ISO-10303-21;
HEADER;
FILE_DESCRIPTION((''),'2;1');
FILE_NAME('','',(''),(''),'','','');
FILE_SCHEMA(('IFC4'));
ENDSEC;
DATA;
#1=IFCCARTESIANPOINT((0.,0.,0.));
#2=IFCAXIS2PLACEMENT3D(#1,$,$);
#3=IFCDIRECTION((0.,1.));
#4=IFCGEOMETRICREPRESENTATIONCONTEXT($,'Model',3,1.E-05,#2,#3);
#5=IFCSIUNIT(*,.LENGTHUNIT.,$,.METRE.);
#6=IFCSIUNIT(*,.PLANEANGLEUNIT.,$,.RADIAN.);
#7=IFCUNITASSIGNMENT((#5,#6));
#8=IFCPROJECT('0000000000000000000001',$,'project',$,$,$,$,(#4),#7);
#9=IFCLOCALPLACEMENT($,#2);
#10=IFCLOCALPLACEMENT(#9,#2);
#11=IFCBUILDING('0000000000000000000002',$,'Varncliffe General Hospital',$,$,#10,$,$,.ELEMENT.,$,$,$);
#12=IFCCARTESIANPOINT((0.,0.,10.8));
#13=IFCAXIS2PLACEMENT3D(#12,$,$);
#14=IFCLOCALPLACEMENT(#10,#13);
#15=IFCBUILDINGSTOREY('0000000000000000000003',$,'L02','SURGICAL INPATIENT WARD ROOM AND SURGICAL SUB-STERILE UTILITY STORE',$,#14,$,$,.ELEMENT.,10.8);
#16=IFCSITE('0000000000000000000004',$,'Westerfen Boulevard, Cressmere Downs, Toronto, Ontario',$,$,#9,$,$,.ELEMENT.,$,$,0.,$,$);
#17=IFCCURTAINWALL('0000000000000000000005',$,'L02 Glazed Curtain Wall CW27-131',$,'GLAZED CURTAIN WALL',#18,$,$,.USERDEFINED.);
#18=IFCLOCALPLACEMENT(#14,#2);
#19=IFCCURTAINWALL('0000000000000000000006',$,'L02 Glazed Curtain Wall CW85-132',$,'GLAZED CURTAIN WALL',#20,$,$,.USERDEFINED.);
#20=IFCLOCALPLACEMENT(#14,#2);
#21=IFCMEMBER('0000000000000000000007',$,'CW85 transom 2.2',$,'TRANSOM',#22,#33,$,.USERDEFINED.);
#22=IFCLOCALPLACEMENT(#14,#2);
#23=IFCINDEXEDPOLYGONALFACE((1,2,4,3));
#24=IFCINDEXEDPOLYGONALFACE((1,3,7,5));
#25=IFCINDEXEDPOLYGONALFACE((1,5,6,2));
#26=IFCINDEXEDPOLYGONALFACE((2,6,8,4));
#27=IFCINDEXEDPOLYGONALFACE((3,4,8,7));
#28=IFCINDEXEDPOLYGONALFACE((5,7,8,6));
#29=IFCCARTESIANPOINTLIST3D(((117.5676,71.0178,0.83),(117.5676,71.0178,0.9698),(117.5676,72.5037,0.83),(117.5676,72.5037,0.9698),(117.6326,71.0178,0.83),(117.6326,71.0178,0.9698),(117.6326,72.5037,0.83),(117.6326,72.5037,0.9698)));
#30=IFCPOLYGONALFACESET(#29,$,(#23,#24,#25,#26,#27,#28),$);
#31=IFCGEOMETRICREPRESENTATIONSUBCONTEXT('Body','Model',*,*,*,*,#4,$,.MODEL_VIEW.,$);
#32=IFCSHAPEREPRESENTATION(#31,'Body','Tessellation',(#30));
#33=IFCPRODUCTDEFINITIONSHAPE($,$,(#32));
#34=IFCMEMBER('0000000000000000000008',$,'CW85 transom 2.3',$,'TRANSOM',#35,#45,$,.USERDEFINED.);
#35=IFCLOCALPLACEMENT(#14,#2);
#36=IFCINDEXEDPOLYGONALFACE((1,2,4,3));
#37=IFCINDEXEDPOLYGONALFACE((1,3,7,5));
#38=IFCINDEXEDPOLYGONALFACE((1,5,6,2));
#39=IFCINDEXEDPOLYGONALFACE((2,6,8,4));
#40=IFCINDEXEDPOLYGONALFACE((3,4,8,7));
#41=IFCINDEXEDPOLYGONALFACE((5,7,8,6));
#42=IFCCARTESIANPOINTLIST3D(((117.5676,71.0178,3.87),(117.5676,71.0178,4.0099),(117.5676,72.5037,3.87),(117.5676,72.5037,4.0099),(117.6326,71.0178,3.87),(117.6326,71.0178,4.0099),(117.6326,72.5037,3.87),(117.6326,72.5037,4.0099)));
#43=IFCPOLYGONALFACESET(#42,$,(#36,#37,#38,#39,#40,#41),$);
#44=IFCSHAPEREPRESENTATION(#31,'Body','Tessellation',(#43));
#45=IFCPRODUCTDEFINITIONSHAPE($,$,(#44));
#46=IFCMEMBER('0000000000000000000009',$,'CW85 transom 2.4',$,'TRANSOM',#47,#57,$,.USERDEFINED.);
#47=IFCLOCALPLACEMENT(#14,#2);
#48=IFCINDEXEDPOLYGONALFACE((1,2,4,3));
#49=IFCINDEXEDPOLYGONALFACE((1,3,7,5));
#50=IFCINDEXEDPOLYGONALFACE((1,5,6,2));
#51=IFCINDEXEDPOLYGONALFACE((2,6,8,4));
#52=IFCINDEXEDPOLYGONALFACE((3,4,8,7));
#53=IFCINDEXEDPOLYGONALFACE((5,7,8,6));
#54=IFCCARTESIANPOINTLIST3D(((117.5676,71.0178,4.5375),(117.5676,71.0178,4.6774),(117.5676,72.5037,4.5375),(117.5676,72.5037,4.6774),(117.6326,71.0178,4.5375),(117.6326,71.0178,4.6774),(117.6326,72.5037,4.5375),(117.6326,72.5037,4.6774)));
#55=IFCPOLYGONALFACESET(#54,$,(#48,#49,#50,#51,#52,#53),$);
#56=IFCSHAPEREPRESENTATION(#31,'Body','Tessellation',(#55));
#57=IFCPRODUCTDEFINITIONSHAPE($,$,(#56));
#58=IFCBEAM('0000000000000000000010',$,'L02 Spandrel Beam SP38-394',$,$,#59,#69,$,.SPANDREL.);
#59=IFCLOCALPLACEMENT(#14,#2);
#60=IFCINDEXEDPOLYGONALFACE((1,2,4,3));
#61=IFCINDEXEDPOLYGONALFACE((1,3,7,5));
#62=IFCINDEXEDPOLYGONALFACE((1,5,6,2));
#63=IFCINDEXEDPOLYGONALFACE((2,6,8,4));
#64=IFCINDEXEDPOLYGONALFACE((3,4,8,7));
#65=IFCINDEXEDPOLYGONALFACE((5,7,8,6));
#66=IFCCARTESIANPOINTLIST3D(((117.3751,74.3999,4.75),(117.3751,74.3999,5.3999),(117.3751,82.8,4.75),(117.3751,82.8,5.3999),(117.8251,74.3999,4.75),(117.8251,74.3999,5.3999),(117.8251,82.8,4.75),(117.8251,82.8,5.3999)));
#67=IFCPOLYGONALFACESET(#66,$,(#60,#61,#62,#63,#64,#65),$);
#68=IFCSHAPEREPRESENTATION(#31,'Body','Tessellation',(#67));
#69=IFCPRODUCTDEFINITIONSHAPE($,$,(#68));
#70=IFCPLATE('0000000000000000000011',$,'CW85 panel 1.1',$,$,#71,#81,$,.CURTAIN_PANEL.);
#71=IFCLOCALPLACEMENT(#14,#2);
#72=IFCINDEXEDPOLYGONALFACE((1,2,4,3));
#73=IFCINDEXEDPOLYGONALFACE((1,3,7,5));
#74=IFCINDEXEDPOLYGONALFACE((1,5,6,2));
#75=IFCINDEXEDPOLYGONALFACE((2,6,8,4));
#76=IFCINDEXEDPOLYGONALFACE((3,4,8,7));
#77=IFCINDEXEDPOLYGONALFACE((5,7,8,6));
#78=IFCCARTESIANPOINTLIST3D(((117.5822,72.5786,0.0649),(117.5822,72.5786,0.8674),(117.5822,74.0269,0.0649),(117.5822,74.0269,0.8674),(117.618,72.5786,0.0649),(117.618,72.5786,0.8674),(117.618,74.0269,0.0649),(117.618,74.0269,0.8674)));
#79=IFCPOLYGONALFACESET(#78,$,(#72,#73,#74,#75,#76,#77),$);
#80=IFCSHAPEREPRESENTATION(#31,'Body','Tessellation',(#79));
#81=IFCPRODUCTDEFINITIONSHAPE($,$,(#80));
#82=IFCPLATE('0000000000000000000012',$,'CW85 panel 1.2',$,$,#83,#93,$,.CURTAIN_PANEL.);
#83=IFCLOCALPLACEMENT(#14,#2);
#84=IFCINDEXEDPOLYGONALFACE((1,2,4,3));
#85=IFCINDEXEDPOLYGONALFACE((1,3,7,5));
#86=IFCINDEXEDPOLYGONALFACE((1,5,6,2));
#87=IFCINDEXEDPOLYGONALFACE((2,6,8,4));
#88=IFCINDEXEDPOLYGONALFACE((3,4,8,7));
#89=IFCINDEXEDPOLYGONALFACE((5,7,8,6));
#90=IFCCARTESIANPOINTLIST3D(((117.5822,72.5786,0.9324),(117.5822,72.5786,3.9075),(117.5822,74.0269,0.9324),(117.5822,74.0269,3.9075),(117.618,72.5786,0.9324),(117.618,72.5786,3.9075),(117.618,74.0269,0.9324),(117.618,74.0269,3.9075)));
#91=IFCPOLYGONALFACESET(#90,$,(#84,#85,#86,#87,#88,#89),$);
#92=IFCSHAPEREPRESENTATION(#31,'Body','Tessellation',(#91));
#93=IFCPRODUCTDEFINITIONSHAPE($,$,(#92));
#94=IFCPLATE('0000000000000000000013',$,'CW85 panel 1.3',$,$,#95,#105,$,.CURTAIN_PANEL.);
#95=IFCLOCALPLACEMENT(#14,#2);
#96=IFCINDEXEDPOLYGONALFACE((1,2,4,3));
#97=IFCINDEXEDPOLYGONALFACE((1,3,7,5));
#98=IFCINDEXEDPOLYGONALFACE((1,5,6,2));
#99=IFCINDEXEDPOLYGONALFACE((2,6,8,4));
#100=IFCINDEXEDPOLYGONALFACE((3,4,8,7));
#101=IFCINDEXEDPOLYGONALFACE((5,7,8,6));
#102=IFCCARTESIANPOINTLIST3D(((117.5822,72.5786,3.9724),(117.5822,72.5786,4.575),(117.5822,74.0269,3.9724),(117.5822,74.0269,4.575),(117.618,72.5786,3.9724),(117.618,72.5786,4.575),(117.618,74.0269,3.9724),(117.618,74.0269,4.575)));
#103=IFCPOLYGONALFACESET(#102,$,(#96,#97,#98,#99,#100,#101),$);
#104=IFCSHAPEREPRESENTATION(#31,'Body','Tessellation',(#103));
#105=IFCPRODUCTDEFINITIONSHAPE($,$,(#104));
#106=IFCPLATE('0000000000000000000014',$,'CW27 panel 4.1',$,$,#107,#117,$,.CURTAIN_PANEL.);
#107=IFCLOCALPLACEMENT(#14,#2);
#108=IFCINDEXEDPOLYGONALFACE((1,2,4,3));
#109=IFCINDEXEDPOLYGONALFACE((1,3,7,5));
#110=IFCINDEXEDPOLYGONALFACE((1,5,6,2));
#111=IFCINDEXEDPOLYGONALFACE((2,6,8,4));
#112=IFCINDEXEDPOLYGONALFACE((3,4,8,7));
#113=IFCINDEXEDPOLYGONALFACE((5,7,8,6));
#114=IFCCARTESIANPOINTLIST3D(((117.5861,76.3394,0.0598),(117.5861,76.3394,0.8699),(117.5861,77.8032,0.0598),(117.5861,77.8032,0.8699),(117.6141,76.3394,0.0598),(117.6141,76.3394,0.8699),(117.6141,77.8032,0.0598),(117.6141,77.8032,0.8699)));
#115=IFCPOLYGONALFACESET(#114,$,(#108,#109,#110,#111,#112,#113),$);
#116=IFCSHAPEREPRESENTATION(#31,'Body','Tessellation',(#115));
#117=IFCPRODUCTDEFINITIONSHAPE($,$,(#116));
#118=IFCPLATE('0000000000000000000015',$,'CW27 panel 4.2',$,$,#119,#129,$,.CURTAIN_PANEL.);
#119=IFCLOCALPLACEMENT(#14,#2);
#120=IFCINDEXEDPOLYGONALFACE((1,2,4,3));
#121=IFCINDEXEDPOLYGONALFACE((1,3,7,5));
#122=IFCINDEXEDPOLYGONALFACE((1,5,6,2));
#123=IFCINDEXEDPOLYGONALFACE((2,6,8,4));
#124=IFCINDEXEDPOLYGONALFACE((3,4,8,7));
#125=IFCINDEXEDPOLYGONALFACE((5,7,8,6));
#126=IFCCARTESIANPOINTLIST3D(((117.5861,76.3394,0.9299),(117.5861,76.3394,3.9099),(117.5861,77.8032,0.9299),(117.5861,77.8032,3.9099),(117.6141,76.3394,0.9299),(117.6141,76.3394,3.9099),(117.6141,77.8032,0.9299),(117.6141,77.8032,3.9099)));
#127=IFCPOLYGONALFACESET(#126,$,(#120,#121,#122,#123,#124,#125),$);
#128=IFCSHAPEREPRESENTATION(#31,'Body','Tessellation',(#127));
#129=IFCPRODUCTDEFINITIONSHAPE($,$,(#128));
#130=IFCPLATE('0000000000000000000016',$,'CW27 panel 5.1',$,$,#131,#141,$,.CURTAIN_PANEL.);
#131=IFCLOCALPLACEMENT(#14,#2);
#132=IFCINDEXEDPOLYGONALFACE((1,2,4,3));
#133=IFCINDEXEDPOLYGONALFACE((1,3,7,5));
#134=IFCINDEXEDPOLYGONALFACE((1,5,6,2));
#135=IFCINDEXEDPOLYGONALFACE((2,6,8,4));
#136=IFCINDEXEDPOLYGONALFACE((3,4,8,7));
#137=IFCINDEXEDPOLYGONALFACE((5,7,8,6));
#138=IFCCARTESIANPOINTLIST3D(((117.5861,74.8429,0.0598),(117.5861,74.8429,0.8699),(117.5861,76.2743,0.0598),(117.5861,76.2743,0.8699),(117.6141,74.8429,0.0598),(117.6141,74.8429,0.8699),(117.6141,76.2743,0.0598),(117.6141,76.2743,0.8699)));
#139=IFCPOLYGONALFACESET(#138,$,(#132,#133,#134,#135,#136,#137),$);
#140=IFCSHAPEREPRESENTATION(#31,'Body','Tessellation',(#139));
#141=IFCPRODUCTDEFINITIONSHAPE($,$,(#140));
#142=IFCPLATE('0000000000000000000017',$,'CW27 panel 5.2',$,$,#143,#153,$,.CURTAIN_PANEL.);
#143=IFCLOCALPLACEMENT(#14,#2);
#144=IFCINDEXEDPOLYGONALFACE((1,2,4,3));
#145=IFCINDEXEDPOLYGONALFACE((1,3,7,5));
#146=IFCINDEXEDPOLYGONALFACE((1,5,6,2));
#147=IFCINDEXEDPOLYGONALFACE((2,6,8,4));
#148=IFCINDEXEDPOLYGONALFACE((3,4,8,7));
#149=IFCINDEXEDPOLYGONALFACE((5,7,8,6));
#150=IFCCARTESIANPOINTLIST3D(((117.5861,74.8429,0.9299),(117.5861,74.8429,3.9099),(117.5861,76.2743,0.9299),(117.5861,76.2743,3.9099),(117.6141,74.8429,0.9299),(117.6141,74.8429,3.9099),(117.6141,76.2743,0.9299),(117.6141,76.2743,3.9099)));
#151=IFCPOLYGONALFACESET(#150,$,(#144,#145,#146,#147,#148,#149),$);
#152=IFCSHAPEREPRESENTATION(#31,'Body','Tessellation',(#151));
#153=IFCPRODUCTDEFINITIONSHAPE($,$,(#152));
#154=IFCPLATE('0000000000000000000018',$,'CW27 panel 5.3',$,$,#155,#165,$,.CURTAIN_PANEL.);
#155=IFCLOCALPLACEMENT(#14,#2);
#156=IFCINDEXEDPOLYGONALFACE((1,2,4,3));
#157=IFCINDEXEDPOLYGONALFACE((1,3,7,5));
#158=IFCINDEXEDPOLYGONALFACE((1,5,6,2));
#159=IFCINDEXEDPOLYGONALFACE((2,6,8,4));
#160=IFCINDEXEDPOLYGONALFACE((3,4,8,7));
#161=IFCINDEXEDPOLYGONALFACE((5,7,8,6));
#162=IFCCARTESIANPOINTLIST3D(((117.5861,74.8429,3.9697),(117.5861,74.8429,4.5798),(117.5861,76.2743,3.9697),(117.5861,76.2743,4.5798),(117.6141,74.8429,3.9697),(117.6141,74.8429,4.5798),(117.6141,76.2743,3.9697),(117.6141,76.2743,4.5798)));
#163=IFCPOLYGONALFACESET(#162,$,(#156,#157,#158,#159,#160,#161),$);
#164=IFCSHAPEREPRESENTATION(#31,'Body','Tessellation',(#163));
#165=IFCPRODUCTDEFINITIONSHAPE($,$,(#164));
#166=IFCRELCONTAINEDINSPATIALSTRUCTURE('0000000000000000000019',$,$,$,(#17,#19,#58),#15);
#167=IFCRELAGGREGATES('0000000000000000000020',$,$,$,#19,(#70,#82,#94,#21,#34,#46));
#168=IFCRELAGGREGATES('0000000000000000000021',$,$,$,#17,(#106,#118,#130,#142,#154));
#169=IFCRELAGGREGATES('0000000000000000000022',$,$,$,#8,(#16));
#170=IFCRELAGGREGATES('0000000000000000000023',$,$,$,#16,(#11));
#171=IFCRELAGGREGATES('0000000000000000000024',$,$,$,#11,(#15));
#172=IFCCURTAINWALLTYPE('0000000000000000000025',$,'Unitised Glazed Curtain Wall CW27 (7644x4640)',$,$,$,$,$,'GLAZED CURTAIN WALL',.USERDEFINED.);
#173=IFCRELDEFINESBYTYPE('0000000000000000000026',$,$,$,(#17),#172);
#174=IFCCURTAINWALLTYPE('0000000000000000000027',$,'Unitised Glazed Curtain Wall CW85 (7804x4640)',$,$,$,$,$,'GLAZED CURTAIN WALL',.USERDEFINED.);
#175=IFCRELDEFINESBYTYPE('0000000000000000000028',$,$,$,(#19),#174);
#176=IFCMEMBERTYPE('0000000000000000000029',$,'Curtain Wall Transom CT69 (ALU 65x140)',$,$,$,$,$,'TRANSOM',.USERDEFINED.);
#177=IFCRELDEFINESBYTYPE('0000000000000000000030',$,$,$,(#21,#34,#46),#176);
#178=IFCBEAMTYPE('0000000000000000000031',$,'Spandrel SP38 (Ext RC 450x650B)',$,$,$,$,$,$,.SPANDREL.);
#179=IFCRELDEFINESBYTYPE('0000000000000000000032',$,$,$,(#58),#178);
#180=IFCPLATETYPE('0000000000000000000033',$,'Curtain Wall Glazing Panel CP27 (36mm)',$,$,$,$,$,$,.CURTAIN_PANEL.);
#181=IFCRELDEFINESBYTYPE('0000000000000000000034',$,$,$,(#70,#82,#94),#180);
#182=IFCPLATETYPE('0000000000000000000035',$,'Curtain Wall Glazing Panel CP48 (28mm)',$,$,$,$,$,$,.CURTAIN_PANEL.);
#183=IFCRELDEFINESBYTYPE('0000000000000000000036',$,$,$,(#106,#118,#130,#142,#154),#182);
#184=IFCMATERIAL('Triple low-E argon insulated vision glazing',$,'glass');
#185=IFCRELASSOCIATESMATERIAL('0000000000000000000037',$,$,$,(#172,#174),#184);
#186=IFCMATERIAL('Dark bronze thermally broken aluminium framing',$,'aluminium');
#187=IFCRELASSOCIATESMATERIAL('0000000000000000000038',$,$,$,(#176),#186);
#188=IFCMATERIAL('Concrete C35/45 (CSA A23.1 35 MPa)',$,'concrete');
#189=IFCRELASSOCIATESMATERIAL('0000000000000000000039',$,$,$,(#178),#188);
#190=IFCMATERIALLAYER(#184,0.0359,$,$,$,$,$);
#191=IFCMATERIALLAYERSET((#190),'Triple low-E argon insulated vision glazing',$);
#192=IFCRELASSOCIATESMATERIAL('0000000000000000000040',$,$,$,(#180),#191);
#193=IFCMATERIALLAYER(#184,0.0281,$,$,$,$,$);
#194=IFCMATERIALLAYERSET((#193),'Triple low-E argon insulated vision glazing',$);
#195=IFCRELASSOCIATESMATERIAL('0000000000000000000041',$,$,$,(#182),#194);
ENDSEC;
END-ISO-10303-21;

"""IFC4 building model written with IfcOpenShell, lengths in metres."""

from ifc_helpers import new_model, si_unit, direction, frame, origin, origin_2d, place, context, subcontext, project, spatial, rectangle, extrude, material, layer, layer_set, material_profile, profile_set, type_object, element, aggregate, save


model = new_model("IFC4")

# Units and contexts
model_context = context("Model", 3, precision=1e-05, world=origin(), true_north=direction((0.0, 1.0)))
body_context = subcontext(model_context, "Body", "Model", "MODEL_VIEW")
ifc_project = project(units=[si_unit("LENGTHUNIT", "METRE"), si_unit("PLANEANGLEUNIT", "RADIAN")], contexts=[model_context])

# Site, building, storey
site_placement = place(None, origin())
site = spatial("IfcSite", under=ifc_project, at=site_placement, Name="Westerfen Boulevard, Cressmere Downs, Toronto, Ontario", CompositionType="ELEMENT", RefElevation=0.0)
building_placement = place(site_placement, origin())
building = spatial("IfcBuilding", under=site, at=building_placement, Name="Varncliffe General Hospital", CompositionType="ELEMENT")
storey_placement = place(building_placement, frame((0.0, 0.0, 10.8)))
storey = spatial("IfcBuildingStorey", under=building, at=storey_placement, Name="L02", Description="SURGICAL INPATIENT WARD ROOM AND SURGICAL SUB-STERILE UTILITY STORE", CompositionType="ELEMENT", Elevation=10.8)

# Curtain walls
ifc_material_1 = material(Name="Triple low-E argon insulated vision glazing", Category="glass")
curtain_wall_type_1 = type_object("IfcCurtainWallType", Name="Unitised Glazed Curtain Wall CW27 (7644x4640)", ElementType="GLAZED CURTAIN WALL", PredefinedType="USERDEFINED", material=ifc_material_1)
curtain_wall_1_placement = place(storey_placement, origin())
curtain_wall_1 = element("IfcCurtainWall", 1, at=curtain_wall_1_placement, inside=storey, type_object=curtain_wall_type_1, Name="L02 Glazed Curtain Wall CW27-131", ObjectType="GLAZED CURTAIN WALL", PredefinedType="USERDEFINED")
ifc_material_2 = material(Name="Dark bronze thermally broken aluminium framing", Category="aluminium")
curtain_wall_type_2 = type_object("IfcCurtainWallType", Name="Unitised Glazed Curtain Wall CW85 (7804x4640)", ElementType="GLAZED CURTAIN WALL", PredefinedType="USERDEFINED", material=ifc_material_1)
curtain_wall_2_placement = place(storey_placement, origin())
curtain_wall_2 = element("IfcCurtainWall", 2, at=curtain_wall_2_placement, inside=storey, type_object=curtain_wall_type_2, Name="L02 Glazed Curtain Wall CW85-132", ObjectType="GLAZED CURTAIN WALL", PredefinedType="USERDEFINED")

# Members
ifc_material_profile_1 = material_profile(ifc_material_2, rectangle(XDim=0.0649, YDim=0.1399, at=origin_2d()), Name="ALU 65x140")
ifc_profile_set_1 = profile_set([ifc_material_profile_1], Name="Dark bronze thermally broken aluminium framing")
member_type_1 = type_object("IfcMemberType", Name="Curtain Wall Transom CT69 (ALU 65x140)", ElementType="TRANSOM", PredefinedType="USERDEFINED", material=ifc_profile_set_1)
member_1_placement = place(storey_placement, frame((117.6001, 72.5037, 0.8999), z_axis=(0.0, -1.0, 0.0), x_axis=(1.0, 0.0, 0.0)))
member_1 = element("IfcMember", 3, at=member_1_placement, type_object=member_type_1, Name="CW85 transom 2.2", ObjectType="TRANSOM", PredefinedType="USERDEFINED", context=body_context, shape_type="SweptSolid", body=[
    extrude(rectangle(XDim=0.0649, YDim=0.1399, at=origin_2d()), origin(), (0.0, 0.0, 1.0), 1.4858),
])
member_2_placement = place(storey_placement, frame((117.6001, 72.5037, 3.9399), z_axis=(0.0, -1.0, 0.0), x_axis=(1.0, 0.0, 0.0)))
member_2 = element("IfcMember", 4, at=member_2_placement, type_object=member_type_1, Name="CW85 transom 2.3", ObjectType="TRANSOM", PredefinedType="USERDEFINED", context=body_context, shape_type="SweptSolid", body=[
    extrude(rectangle(XDim=0.0649, YDim=0.1399, at=origin_2d()), origin(), (0.0, 0.0, 1.0), 1.4858),
])
member_3_placement = place(storey_placement, frame((117.6001, 72.5037, 4.6074), z_axis=(0.0, -1.0, 0.0), x_axis=(1.0, 0.0, 0.0)))
member_3 = element("IfcMember", 5, at=member_3_placement, type_object=member_type_1, Name="CW85 transom 2.4", ObjectType="TRANSOM", PredefinedType="USERDEFINED", context=body_context, shape_type="SweptSolid", body=[
    extrude(rectangle(XDim=0.0649, YDim=0.1399, at=origin_2d()), origin(), (0.0, 0.0, 1.0), 1.4858),
])

# Beam
ifc_material_3 = material(Name="Concrete C35/45 (CSA A23.1 35 MPa)", Category="concrete")
ifc_material_profile_2 = material_profile(ifc_material_3, rectangle(XDim=0.45, YDim=0.6499, at=origin_2d()), Name="RC 450x650")
ifc_profile_set_2 = profile_set([ifc_material_profile_2], Name="Concrete C35/45 (CSA A23.1 35 MPa)")
beam_type = type_object("IfcBeamType", Name="Spandrel SP38 (Ext RC 450x650B)", PredefinedType="SPANDREL", material=ifc_profile_set_2)
beam_placement = place(storey_placement, frame((117.6001, 74.3999, 5.075), z_axis=(0.0, 1.0, 0.0), x_axis=(-1.0, 0.0, 0.0)))
element("IfcBeam", 6, at=beam_placement, inside=storey, type_object=beam_type, Name="L02 Spandrel Beam SP38-394", PredefinedType="SPANDREL", context=body_context, shape_type="SweptSolid", body=[
    extrude(rectangle(XDim=0.45, YDim=0.6499, at=origin_2d()), origin(), (0.0, 0.0, 1.0), 8.4001),
])

# Plates
ifc_layer_1 = layer(ifc_material_1, 0.0359)
ifc_layer_set_1 = layer_set([ifc_layer_1], Name="Triple low-E argon insulated vision glazing")
plate_type_1 = type_object("IfcPlateType", Name="Curtain Wall Glazing Panel CP27 (36mm)", PredefinedType="CURTAIN_PANEL", material=ifc_layer_set_1)
plate_1_placement = place(storey_placement, frame((117.6001, 73.3027, 0.0649), z_axis=(0.0, 0.0, 1.0), x_axis=(0.0, -1.0, 0.0)))
plate_1 = element("IfcPlate", 7, at=plate_1_placement, type_object=plate_type_1, Name="CW85 panel 1.1", PredefinedType="CURTAIN_PANEL", context=body_context, shape_type="SweptSolid", body=[
    extrude(rectangle(XDim=1.4482, YDim=0.0359, at=origin_2d()), origin(), (0.0, 0.0, 1.0), 0.8025),
])
plate_2_placement = place(storey_placement, frame((117.6001, 73.3027, 0.9324), z_axis=(0.0, 0.0, 1.0), x_axis=(0.0, -1.0, 0.0)))
plate_2 = element("IfcPlate", 8, at=plate_2_placement, type_object=plate_type_1, Name="CW85 panel 1.2", PredefinedType="CURTAIN_PANEL", context=body_context, shape_type="SweptSolid", body=[
    extrude(rectangle(XDim=1.4482, YDim=0.0359, at=origin_2d()), origin(), (0.0, 0.0, 1.0), 2.9751),
])
plate_3_placement = place(storey_placement, frame((117.6001, 73.3027, 3.9724), z_axis=(0.0, 0.0, 1.0), x_axis=(0.0, -1.0, 0.0)))
plate_3 = element("IfcPlate", 9, at=plate_3_placement, type_object=plate_type_1, Name="CW85 panel 1.3", PredefinedType="CURTAIN_PANEL", context=body_context, shape_type="SweptSolid", body=[
    extrude(rectangle(XDim=1.4482, YDim=0.0359, at=origin_2d()), origin(), (0.0, 0.0, 1.0), 0.6025),
])
aggregate(curtain_wall_2, [plate_1, plate_2, plate_3, member_1, member_2, member_3])
ifc_layer_2 = layer(ifc_material_1, 0.0281)
ifc_layer_set_2 = layer_set([ifc_layer_2], Name="Triple low-E argon insulated vision glazing")
plate_type_2 = type_object("IfcPlateType", Name="Curtain Wall Glazing Panel CP48 (28mm)", PredefinedType="CURTAIN_PANEL", material=ifc_layer_set_2)
plate_4_placement = place(storey_placement, frame((117.6001, 77.0713, 0.0598), z_axis=(0.0, 0.0, 1.0), x_axis=(0.0, -1.0, 0.0)))
plate_4 = element("IfcPlate", 10, at=plate_4_placement, type_object=plate_type_2, Name="CW27 panel 4.1", PredefinedType="CURTAIN_PANEL", context=body_context, shape_type="SweptSolid", body=[
    extrude(rectangle(XDim=1.4639, YDim=0.0281, at=origin_2d()), origin(), (0.0, 0.0, 1.0), 0.8101),
])
plate_5_placement = place(storey_placement, frame((117.6001, 77.0713, 0.9299), z_axis=(0.0, 0.0, 1.0), x_axis=(0.0, -1.0, 0.0)))
plate_5 = element("IfcPlate", 11, at=plate_5_placement, type_object=plate_type_2, Name="CW27 panel 4.2", PredefinedType="CURTAIN_PANEL", context=body_context, shape_type="SweptSolid", body=[
    extrude(rectangle(XDim=1.4639, YDim=0.0281, at=origin_2d()), origin(), (0.0, 0.0, 1.0), 2.98),
])
plate_6_placement = place(storey_placement, frame((117.6001, 75.5586, 0.0598), z_axis=(0.0, 0.0, 1.0), x_axis=(0.0, -1.0, 0.0)))
plate_6 = element("IfcPlate", 12, at=plate_6_placement, type_object=plate_type_2, Name="CW27 panel 5.1", PredefinedType="CURTAIN_PANEL", context=body_context, shape_type="SweptSolid", body=[
    extrude(rectangle(XDim=1.4314, YDim=0.0281, at=origin_2d()), origin(), (0.0, 0.0, 1.0), 0.8101),
])
plate_7_placement = place(storey_placement, frame((117.6001, 75.5586, 0.9299), z_axis=(0.0, 0.0, 1.0), x_axis=(0.0, -1.0, 0.0)))
plate_7 = element("IfcPlate", 13, at=plate_7_placement, type_object=plate_type_2, Name="CW27 panel 5.2", PredefinedType="CURTAIN_PANEL", context=body_context, shape_type="SweptSolid", body=[
    extrude(rectangle(XDim=1.4314, YDim=0.0281, at=origin_2d()), origin(), (0.0, 0.0, 1.0), 2.98),
])
plate_8_placement = place(storey_placement, frame((117.6001, 75.5586, 3.9697), z_axis=(0.0, 0.0, 1.0), x_axis=(0.0, -1.0, 0.0)))
plate_8 = element("IfcPlate", 14, at=plate_8_placement, type_object=plate_type_2, Name="CW27 panel 5.3", PredefinedType="CURTAIN_PANEL", context=body_context, shape_type="SweptSolid", body=[
    extrude(rectangle(XDim=1.4314, YDim=0.0281, at=origin_2d()), origin(), (0.0, 0.0, 1.0), 0.6101),
])
aggregate(curtain_wall_1, [plate_4, plate_5, plate_6, plate_7, plate_8])

save(model, "model.ifc")
